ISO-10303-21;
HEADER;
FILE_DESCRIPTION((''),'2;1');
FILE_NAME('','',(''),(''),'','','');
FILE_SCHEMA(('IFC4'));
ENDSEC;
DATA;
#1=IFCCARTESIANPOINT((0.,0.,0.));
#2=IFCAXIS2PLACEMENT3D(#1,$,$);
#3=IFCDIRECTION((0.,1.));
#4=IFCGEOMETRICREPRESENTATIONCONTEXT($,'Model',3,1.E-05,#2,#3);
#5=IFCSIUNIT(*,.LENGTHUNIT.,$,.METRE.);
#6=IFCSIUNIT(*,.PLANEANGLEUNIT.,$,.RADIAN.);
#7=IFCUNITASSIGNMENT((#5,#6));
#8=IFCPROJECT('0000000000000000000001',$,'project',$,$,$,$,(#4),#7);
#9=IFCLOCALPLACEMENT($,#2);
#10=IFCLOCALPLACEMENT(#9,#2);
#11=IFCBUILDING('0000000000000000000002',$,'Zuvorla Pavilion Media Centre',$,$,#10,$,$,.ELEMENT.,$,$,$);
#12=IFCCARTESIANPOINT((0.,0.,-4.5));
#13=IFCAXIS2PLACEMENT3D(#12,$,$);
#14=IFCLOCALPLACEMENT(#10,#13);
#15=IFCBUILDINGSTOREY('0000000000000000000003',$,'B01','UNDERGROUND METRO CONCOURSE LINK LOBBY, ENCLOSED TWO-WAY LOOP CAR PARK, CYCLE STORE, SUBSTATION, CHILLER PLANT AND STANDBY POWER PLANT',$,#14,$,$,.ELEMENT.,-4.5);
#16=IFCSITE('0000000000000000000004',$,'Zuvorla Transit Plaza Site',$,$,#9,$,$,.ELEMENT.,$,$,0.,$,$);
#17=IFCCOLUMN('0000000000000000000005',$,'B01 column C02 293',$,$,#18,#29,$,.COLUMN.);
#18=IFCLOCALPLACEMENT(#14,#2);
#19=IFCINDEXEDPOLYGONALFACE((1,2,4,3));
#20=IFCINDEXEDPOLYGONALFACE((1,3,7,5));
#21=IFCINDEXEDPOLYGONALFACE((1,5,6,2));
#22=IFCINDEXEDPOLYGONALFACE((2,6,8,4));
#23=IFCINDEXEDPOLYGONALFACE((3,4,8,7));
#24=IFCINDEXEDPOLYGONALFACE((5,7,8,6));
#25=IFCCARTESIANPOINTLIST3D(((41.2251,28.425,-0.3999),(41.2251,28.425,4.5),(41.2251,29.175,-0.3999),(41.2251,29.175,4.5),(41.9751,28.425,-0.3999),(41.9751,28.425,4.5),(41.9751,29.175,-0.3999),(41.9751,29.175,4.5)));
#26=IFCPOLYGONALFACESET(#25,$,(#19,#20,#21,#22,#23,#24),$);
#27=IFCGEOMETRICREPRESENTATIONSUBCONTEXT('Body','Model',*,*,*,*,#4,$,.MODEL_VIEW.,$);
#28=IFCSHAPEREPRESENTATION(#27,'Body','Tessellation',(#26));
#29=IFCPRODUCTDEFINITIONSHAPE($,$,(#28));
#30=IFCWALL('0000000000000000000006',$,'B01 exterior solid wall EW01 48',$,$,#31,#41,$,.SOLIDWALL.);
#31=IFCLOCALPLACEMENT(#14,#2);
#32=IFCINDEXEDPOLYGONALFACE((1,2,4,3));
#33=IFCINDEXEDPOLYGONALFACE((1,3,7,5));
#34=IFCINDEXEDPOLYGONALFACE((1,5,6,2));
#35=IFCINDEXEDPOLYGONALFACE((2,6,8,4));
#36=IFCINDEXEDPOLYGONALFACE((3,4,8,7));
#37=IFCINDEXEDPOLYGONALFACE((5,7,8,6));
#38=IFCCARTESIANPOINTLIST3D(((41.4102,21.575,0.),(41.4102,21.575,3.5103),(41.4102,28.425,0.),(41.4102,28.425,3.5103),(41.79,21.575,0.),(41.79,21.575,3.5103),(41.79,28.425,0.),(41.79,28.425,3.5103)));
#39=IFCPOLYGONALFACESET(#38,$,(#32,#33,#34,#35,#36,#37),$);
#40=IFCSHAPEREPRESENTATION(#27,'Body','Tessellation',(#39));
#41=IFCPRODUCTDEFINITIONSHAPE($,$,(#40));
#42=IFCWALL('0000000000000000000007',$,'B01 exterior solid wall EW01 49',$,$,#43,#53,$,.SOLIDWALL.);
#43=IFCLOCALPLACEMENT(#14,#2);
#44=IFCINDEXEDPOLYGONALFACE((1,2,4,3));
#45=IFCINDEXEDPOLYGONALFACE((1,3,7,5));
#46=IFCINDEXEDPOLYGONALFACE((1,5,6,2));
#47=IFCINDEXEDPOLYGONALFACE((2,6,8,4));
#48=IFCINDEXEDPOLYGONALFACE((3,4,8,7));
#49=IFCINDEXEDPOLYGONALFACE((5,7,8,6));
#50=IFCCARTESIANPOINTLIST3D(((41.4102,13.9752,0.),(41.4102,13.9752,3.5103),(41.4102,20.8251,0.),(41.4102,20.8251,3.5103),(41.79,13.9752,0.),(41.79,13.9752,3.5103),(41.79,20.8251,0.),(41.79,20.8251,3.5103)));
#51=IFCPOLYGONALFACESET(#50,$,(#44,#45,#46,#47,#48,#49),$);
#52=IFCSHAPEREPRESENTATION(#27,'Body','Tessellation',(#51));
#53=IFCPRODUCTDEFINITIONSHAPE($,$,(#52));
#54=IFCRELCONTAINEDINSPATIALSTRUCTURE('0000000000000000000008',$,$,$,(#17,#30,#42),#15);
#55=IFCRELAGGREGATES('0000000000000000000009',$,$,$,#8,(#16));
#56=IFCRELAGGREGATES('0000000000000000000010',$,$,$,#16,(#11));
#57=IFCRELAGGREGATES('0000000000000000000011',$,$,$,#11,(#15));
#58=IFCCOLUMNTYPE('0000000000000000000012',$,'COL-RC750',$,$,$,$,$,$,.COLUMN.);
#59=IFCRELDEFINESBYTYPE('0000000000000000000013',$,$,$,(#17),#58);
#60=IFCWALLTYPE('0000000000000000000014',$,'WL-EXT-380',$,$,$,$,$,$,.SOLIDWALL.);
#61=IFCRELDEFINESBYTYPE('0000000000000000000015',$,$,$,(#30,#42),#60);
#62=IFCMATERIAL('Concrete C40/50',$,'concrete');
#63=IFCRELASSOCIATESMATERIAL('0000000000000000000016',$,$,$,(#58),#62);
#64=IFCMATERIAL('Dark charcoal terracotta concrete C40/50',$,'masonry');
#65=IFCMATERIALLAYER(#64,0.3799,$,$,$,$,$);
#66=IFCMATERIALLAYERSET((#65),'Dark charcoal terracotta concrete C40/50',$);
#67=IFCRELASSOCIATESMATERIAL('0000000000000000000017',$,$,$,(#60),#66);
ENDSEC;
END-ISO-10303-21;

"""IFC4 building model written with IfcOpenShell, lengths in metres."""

from ifc_helpers import new_model, si_unit, direction, frame, frame_2d, origin, origin_2d, place, context, subcontext, project, spatial, rectangle, extrude, material, layer, layer_set, material_profile, profile_set, type_object, element, save


model = new_model("IFC4")

# Units and contexts
model_context = context("Model", 3, precision=1e-05, world=origin(), true_north=direction((0.0, 1.0)))
body_context = subcontext(model_context, "Body", "Model", "MODEL_VIEW")
ifc_project = project(units=[si_unit("LENGTHUNIT", "METRE"), si_unit("PLANEANGLEUNIT", "RADIAN")], contexts=[model_context])

# Site, building, storey
site_placement = place(None, origin())
site = spatial("IfcSite", under=ifc_project, at=site_placement, Name="Zuvorla Transit Plaza Site", CompositionType="ELEMENT", RefElevation=0.0)
building_placement = place(site_placement, origin())
building = spatial("IfcBuilding", under=site, at=building_placement, Name="Zuvorla Pavilion Media Centre", CompositionType="ELEMENT")
storey_placement = place(building_placement, frame((0.0, 0.0, -4.5)))
storey = spatial("IfcBuildingStorey", under=building, at=storey_placement, Name="B01", Description="UNDERGROUND METRO CONCOURSE LINK LOBBY, ENCLOSED TWO-WAY LOOP CAR PARK, CYCLE STORE, SUBSTATION, CHILLER PLANT AND STANDBY POWER PLANT", CompositionType="ELEMENT", Elevation=-4.5)

# Shared definitions
ifc_material_1 = material(Name="Concrete C40/50", Category="concrete")

# Column
ifc_material_profile_1 = material_profile(ifc_material_1, rectangle(XDim=0.75, YDim=0.75, at=origin_2d()), Name="RC 750x750")
ifc_profile_set_1 = profile_set([ifc_material_profile_1], Name="Concrete C40/50")
column_type = type_object("IfcColumnType", Name="COL-RC750", PredefinedType="COLUMN", material=ifc_profile_set_1)
for number, where, z_axis, x_axis, name in (
    (1, (41.6001, 28.8, -0.3999), (0.0, 0.0, 1.0), (1.0, 0.0, 0.0), "B01 column C02 293"),
):
    element("IfcColumn", number, at=place(storey_placement, frame(where, z_axis=z_axis, x_axis=x_axis)), inside=storey, type_object=column_type, Name=name, PredefinedType="COLUMN", context=body_context, shape_type="SweptSolid", body=[
        extrude(rectangle(XDim=0.75, YDim=0.75, at=origin_2d()), origin(), (0.0, 0.0, 1.0), 4.8999),
    ])

# Walls
ifc_material_2 = material(Name="Dark charcoal terracotta concrete C40/50", Category="masonry")
ifc_layer = layer(ifc_material_2, 0.3799)
ifc_layer_set = layer_set([ifc_layer], Name="Dark charcoal terracotta concrete C40/50")
wall_type = type_object("IfcWallType", Name="WL-EXT-380", PredefinedType="SOLIDWALL", material=ifc_layer_set)
wall_1_placement = place(storey_placement, frame((41.6001, 28.425, 0.0), z_axis=(0.0, 0.0, 1.0), x_axis=(0.0, -1.0, 0.0)))
element("IfcWall", 2, at=wall_1_placement, inside=storey, type_object=wall_type, Name="B01 exterior solid wall EW01 48", PredefinedType="SOLIDWALL", context=body_context, shape_type="SweptSolid", body=[
    extrude(rectangle(XDim=6.8501, YDim=0.3799, at=frame_2d((3.425, 0.0))), origin(), (0.0, 0.0, 1.0), 3.5103),
])
wall_2_placement = place(storey_placement, frame((41.6001, 20.825, 0.0), z_axis=(0.0, 0.0, 1.0), x_axis=(0.0, -1.0, 0.0)))
element("IfcWall", 3, at=wall_2_placement, inside=storey, type_object=wall_type, Name="B01 exterior solid wall EW01 49", PredefinedType="SOLIDWALL", context=body_context, shape_type="SweptSolid", body=[
    extrude(rectangle(XDim=6.8499, YDim=0.3799, at=frame_2d((3.4248, 0.0))), origin(), (0.0, 0.0, 1.0), 3.5103),
])

save(model, "model.ifc")
